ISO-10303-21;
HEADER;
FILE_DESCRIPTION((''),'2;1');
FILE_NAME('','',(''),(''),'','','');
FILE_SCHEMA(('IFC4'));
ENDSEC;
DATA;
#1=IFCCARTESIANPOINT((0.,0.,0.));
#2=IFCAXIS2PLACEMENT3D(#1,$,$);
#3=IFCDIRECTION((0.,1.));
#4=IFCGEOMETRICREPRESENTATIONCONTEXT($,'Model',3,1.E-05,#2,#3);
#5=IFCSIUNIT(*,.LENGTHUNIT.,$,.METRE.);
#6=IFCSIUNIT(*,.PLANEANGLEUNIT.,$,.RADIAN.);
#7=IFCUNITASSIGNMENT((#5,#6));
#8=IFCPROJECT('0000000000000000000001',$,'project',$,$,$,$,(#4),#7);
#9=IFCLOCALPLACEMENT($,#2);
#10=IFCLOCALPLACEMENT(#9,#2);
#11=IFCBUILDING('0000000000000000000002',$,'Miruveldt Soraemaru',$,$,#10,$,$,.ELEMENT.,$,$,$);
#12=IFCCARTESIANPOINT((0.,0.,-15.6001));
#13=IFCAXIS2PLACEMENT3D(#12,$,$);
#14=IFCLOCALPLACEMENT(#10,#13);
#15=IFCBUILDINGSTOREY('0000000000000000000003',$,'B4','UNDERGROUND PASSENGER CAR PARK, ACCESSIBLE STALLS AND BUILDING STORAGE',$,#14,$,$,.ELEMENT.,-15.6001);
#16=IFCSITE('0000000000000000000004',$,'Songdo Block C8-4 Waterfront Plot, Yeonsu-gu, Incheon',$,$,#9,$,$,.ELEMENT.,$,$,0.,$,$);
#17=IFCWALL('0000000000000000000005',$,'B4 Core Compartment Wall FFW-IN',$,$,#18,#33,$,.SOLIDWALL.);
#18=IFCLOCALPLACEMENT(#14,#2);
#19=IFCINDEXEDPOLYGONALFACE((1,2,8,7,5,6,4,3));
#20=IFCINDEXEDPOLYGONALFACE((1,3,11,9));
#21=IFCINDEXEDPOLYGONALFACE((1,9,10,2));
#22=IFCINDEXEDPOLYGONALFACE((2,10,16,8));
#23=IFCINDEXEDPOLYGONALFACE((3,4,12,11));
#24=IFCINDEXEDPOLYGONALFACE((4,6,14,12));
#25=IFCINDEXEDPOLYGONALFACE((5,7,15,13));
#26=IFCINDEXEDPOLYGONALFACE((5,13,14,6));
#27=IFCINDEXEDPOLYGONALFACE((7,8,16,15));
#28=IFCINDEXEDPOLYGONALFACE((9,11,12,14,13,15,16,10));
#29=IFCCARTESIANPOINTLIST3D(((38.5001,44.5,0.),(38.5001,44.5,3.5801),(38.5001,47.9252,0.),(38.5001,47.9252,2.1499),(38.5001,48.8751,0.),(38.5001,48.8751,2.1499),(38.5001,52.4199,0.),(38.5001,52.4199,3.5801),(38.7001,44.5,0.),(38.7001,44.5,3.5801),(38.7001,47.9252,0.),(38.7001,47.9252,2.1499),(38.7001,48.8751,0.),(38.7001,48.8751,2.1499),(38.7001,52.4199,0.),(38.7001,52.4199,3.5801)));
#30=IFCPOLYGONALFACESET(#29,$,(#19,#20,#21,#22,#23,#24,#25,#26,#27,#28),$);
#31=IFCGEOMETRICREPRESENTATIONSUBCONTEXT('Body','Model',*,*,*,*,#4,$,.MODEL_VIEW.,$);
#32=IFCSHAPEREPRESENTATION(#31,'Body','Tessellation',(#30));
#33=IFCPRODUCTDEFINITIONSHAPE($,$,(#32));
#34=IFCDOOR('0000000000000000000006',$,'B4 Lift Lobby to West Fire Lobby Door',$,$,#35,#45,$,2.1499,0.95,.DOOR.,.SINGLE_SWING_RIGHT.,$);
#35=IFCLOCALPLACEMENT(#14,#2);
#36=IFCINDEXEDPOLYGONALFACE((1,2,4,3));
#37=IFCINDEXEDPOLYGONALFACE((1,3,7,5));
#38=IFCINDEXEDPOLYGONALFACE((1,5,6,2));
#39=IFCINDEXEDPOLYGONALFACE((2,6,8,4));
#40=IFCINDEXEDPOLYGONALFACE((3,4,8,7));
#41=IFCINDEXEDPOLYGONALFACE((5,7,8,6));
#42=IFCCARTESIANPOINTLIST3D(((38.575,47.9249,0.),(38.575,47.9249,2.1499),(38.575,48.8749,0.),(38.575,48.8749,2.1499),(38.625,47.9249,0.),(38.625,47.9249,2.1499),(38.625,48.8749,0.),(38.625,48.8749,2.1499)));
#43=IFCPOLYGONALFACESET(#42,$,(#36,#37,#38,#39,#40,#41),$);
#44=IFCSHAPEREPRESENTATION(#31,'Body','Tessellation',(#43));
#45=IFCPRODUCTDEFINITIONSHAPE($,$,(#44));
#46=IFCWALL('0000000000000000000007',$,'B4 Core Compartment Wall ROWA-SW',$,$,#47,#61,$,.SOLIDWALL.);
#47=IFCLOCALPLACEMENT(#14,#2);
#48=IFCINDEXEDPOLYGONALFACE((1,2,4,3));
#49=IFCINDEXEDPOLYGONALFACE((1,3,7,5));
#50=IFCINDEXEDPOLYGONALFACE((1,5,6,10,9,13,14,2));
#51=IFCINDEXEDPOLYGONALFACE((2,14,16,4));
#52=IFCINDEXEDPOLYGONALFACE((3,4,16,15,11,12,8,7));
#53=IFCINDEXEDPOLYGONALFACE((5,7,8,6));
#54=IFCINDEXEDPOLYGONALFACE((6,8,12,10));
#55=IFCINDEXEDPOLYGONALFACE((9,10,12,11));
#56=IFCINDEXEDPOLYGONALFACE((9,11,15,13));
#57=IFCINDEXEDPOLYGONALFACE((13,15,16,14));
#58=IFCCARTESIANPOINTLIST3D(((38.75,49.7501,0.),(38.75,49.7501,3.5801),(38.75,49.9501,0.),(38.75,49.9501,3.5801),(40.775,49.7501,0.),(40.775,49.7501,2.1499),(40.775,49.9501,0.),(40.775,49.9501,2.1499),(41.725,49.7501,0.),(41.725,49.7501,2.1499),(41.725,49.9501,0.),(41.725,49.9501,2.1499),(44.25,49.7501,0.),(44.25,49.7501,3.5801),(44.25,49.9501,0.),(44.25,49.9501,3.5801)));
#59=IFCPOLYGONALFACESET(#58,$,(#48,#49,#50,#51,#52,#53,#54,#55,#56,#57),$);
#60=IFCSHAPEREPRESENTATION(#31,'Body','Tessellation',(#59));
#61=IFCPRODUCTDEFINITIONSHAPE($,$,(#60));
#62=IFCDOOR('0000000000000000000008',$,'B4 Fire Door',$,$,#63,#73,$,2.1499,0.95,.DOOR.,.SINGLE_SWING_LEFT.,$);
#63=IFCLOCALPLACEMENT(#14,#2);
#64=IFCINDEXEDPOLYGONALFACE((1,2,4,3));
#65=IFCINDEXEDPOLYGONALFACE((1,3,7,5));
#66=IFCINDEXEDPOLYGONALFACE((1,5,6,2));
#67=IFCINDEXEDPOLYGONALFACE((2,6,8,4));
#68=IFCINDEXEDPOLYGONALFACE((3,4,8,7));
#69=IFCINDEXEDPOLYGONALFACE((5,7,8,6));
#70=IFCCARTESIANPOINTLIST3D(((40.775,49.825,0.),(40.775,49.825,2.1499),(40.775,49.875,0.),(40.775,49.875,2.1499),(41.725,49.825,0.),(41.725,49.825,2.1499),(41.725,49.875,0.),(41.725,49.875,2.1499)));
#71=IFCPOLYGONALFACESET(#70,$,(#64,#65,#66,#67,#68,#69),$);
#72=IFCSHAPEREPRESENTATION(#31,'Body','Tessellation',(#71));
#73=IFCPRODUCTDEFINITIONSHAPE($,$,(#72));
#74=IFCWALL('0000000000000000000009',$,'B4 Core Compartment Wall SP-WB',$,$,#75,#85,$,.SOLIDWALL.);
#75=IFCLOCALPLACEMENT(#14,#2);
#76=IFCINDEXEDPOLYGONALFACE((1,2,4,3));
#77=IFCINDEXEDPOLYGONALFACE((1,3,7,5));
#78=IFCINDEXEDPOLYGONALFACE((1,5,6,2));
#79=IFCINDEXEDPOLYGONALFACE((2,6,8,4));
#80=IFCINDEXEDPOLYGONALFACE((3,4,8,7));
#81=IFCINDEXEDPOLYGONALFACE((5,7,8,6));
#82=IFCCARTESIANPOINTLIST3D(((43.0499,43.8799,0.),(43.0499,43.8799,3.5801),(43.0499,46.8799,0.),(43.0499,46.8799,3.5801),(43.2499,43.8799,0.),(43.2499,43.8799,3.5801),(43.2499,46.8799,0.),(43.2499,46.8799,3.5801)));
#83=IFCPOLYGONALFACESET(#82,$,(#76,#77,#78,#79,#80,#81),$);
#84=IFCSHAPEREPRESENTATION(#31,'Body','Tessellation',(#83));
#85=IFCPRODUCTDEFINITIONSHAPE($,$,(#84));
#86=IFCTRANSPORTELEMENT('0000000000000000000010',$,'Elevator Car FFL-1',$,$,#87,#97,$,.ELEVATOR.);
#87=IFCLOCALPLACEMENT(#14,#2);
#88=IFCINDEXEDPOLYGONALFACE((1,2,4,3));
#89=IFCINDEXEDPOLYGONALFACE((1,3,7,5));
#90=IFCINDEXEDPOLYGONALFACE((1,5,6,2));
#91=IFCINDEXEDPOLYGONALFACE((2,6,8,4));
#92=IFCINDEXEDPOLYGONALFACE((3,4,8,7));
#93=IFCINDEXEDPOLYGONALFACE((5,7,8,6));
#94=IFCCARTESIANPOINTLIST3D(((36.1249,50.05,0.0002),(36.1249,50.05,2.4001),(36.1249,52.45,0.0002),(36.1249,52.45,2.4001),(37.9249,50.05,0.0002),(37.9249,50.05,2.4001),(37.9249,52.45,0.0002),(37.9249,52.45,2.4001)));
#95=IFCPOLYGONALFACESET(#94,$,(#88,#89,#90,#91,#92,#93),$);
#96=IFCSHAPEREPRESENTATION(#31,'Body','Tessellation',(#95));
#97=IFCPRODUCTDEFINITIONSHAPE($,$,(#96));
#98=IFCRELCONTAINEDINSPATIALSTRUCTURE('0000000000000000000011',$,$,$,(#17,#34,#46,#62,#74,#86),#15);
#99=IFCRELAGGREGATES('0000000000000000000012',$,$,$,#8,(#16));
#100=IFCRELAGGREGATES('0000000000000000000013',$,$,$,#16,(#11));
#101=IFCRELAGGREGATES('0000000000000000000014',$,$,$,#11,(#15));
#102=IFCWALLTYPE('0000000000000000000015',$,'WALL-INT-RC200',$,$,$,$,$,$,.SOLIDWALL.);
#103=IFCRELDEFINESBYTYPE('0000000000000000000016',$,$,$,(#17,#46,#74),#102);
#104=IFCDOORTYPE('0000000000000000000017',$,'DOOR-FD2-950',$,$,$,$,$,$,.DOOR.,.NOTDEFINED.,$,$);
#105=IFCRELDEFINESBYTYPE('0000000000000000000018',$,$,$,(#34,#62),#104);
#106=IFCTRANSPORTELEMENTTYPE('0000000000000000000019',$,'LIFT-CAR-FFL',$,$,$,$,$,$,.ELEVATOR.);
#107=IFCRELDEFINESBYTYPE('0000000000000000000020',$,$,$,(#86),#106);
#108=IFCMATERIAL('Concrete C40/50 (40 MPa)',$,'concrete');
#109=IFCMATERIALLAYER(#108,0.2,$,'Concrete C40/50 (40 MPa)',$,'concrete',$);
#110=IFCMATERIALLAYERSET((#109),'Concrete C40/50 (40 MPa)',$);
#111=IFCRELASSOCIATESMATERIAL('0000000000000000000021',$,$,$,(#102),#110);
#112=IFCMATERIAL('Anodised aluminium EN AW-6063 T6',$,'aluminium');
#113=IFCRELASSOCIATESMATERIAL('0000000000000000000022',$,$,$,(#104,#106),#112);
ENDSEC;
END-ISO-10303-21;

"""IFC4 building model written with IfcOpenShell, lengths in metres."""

from ifc_helpers import new_model, si_unit, direction, frame, frame_2d, origin, origin_2d, place, context, subcontext, project, spatial, rectangle, extrude, material, layer, layer_set, type_object, element, fill, save


model = new_model("IFC4")

# Units and contexts
model_context = context("Model", 3, precision=1e-05, world=origin(), true_north=direction((0.0, 1.0)))
body_context = subcontext(model_context, "Body", "Model", "MODEL_VIEW")
ifc_project = project(units=[si_unit("LENGTHUNIT", "METRE"), si_unit("PLANEANGLEUNIT", "RADIAN")], contexts=[model_context])

# Site, building, storey
site_placement = place(None, origin())
site = spatial("IfcSite", under=ifc_project, at=site_placement, Name="Songdo Block C8-4 Waterfront Plot, Yeonsu-gu, Incheon", CompositionType="ELEMENT", RefElevation=0.0)
building_placement = place(site_placement, origin())
building = spatial("IfcBuilding", under=site, at=building_placement, Name="Miruveldt Soraemaru", CompositionType="ELEMENT")
storey_placement = place(building_placement, frame((0.0, 0.0, -15.6001)))
storey = spatial("IfcBuildingStorey", under=building, at=storey_placement, Name="B4", Description="UNDERGROUND PASSENGER CAR PARK, ACCESSIBLE STALLS AND BUILDING STORAGE", CompositionType="ELEMENT", Elevation=-15.6001)

# Walls, openings, doors
ifc_material_1 = material(Name="Concrete C40/50 (40 MPa)", Category="concrete")
ifc_layer_1 = layer(ifc_material_1, 0.2, Name="Concrete C40/50 (40 MPa)", Category="concrete")
ifc_layer_set_1 = layer_set([ifc_layer_1], Name="Concrete C40/50 (40 MPa)")
wall_type_1 = type_object("IfcWallType", Name="WALL-INT-RC200", PredefinedType="SOLIDWALL", material=ifc_layer_set_1)
ifc_material_2 = material(Name="Anodised aluminium EN AW-6063 T6", Category="aluminium")
wall_1_placement = place(storey_placement, frame((38.6001, 44.5, 0.0), z_axis=(0.0, 0.0, 1.0), x_axis=(0.0, 1.0, 0.0)))
wall_1 = element("IfcWall", 1, at=wall_1_placement, inside=storey, type_object=wall_type_1, Name="B4 Core Compartment Wall FFW-IN", PredefinedType="SOLIDWALL", context=body_context, shape_type="SweptSolid", body=[
    extrude(rectangle(XDim=7.9199, YDim=0.2, at=frame_2d((3.96, 0.0))), origin(), (0.0, 0.0, 1.0), 3.5801),
])
opening_1_placement = place(wall_1_placement, frame((3.425, 0.0, 0.0)))
opening_1 = element("IfcOpeningElement", 2, at=opening_1_placement, cuts=wall_1, PredefinedType="OPENING", context=body_context, shape_type="SweptSolid", body=[
    extrude(rectangle(XDim=0.95, YDim=2.1499, at=frame_2d((0.4751, 1.075))), frame((0.0, 0.1099, 0.0), z_axis=(0.0, -1.0, 0.0), x_axis=(1.0, 0.0, 0.0)), (0.0, 0.0, 1.0), 0.22),
])
door_type_1 = type_object("IfcDoorType", Name="DOOR-FD2-950", OperationType="NOTDEFINED", PredefinedType="DOOR", material=ifc_material_2)
door_1_placement = place(opening_1_placement, frame((0.95, 0.0, 0.0), z_axis=(0.0, 0.0, 1.0), x_axis=(-1.0, 0.0, 0.0)))
door_1 = element("IfcDoor", 3, at=door_1_placement, inside=storey, type_object=door_type_1, Name="B4 Lift Lobby to West Fire Lobby Door", OperationType="SINGLE_SWING_RIGHT", OverallHeight=2.1499, OverallWidth=0.95, PredefinedType="DOOR", context=body_context, shape_type="SweptSolid", body=[
    extrude(rectangle(XDim=0.95, YDim=2.1499, at=frame_2d((0.4751, 1.075))), frame((0.0, 0.0249, 0.0), z_axis=(0.0, -1.0, 0.0), x_axis=(1.0, 0.0, 0.0)), (0.0, 0.0, 1.0), 0.05),
])
fill(opening_1, door_1)
wall_2_placement = place(storey_placement, frame((38.75, 49.8501, 0.0), z_axis=(0.0, 0.0, 1.0), x_axis=(1.0, 0.0, 0.0)))
wall_2 = element("IfcWall", 4, at=wall_2_placement, inside=storey, type_object=wall_type_1, Name="B4 Core Compartment Wall ROWA-SW", PredefinedType="SOLIDWALL", context=body_context, shape_type="SweptSolid", body=[
    extrude(rectangle(XDim=5.5, YDim=0.2, at=frame_2d((2.75, 0.0))), origin(), (0.0, 0.0, 1.0), 3.5801),
])
opening_2_placement = place(wall_2_placement, frame((2.0249, 0.0, 0.0)))
opening_2 = element("IfcOpeningElement", 5, at=opening_2_placement, cuts=wall_2, PredefinedType="OPENING", context=body_context, shape_type="SweptSolid", body=[
    extrude(rectangle(XDim=0.95, YDim=2.1499, at=frame_2d((0.4751, 1.075))), frame((0.0, 0.1099, 0.0), z_axis=(0.0, -1.0, 0.0), x_axis=(1.0, 0.0, 0.0)), (0.0, 0.0, 1.0), 0.22),
])
door_2_placement = place(opening_2_placement, origin())
door_2 = element("IfcDoor", 6, at=door_2_placement, inside=storey, type_object=door_type_1, Name="B4 Fire Door", OperationType="SINGLE_SWING_LEFT", OverallHeight=2.1499, OverallWidth=0.95, PredefinedType="DOOR", context=body_context, shape_type="SweptSolid", body=[
    extrude(rectangle(XDim=0.95, YDim=2.1499, at=frame_2d((0.4751, 1.075))), frame((0.0, 0.0249, 0.0), z_axis=(0.0, -1.0, 0.0), x_axis=(1.0, 0.0, 0.0)), (0.0, 0.0, 1.0), 0.05),
])
fill(opening_2, door_2)

# Wall
wall_3_placement = place(storey_placement, frame((43.1499, 43.8799, 0.0), z_axis=(0.0, 0.0, 1.0), x_axis=(0.0, 1.0, 0.0)))
element("IfcWall", 7, at=wall_3_placement, inside=storey, type_object=wall_type_1, Name="B4 Core Compartment Wall SP-WB", PredefinedType="SOLIDWALL", context=body_context, shape_type="SweptSolid", body=[
    extrude(rectangle(XDim=3.0, YDim=0.2, at=frame_2d((1.5, 0.0))), origin(), (0.0, 0.0, 1.0), 3.5801),
])

# Transport element
transport_element_type = type_object("IfcTransportElementType", Name="LIFT-CAR-FFL", PredefinedType="ELEVATOR", material=ifc_material_2)
transport_element_placement = place(storey_placement, frame((37.0249, 51.25, 0.0002), z_axis=(0.0, 0.0, 1.0), x_axis=(1.0, 0.0, 0.0)))
element("IfcTransportElement", 8, at=transport_element_placement, inside=storey, type_object=transport_element_type, Name="Elevator Car FFL-1", PredefinedType="ELEVATOR", context=body_context, shape_type="SweptSolid", body=[
    extrude(rectangle(XDim=1.8, YDim=2.3999, at=origin_2d()), origin(), (0.0, 0.0, 1.0), 2.3999),
])

save(model, "model.ifc")
